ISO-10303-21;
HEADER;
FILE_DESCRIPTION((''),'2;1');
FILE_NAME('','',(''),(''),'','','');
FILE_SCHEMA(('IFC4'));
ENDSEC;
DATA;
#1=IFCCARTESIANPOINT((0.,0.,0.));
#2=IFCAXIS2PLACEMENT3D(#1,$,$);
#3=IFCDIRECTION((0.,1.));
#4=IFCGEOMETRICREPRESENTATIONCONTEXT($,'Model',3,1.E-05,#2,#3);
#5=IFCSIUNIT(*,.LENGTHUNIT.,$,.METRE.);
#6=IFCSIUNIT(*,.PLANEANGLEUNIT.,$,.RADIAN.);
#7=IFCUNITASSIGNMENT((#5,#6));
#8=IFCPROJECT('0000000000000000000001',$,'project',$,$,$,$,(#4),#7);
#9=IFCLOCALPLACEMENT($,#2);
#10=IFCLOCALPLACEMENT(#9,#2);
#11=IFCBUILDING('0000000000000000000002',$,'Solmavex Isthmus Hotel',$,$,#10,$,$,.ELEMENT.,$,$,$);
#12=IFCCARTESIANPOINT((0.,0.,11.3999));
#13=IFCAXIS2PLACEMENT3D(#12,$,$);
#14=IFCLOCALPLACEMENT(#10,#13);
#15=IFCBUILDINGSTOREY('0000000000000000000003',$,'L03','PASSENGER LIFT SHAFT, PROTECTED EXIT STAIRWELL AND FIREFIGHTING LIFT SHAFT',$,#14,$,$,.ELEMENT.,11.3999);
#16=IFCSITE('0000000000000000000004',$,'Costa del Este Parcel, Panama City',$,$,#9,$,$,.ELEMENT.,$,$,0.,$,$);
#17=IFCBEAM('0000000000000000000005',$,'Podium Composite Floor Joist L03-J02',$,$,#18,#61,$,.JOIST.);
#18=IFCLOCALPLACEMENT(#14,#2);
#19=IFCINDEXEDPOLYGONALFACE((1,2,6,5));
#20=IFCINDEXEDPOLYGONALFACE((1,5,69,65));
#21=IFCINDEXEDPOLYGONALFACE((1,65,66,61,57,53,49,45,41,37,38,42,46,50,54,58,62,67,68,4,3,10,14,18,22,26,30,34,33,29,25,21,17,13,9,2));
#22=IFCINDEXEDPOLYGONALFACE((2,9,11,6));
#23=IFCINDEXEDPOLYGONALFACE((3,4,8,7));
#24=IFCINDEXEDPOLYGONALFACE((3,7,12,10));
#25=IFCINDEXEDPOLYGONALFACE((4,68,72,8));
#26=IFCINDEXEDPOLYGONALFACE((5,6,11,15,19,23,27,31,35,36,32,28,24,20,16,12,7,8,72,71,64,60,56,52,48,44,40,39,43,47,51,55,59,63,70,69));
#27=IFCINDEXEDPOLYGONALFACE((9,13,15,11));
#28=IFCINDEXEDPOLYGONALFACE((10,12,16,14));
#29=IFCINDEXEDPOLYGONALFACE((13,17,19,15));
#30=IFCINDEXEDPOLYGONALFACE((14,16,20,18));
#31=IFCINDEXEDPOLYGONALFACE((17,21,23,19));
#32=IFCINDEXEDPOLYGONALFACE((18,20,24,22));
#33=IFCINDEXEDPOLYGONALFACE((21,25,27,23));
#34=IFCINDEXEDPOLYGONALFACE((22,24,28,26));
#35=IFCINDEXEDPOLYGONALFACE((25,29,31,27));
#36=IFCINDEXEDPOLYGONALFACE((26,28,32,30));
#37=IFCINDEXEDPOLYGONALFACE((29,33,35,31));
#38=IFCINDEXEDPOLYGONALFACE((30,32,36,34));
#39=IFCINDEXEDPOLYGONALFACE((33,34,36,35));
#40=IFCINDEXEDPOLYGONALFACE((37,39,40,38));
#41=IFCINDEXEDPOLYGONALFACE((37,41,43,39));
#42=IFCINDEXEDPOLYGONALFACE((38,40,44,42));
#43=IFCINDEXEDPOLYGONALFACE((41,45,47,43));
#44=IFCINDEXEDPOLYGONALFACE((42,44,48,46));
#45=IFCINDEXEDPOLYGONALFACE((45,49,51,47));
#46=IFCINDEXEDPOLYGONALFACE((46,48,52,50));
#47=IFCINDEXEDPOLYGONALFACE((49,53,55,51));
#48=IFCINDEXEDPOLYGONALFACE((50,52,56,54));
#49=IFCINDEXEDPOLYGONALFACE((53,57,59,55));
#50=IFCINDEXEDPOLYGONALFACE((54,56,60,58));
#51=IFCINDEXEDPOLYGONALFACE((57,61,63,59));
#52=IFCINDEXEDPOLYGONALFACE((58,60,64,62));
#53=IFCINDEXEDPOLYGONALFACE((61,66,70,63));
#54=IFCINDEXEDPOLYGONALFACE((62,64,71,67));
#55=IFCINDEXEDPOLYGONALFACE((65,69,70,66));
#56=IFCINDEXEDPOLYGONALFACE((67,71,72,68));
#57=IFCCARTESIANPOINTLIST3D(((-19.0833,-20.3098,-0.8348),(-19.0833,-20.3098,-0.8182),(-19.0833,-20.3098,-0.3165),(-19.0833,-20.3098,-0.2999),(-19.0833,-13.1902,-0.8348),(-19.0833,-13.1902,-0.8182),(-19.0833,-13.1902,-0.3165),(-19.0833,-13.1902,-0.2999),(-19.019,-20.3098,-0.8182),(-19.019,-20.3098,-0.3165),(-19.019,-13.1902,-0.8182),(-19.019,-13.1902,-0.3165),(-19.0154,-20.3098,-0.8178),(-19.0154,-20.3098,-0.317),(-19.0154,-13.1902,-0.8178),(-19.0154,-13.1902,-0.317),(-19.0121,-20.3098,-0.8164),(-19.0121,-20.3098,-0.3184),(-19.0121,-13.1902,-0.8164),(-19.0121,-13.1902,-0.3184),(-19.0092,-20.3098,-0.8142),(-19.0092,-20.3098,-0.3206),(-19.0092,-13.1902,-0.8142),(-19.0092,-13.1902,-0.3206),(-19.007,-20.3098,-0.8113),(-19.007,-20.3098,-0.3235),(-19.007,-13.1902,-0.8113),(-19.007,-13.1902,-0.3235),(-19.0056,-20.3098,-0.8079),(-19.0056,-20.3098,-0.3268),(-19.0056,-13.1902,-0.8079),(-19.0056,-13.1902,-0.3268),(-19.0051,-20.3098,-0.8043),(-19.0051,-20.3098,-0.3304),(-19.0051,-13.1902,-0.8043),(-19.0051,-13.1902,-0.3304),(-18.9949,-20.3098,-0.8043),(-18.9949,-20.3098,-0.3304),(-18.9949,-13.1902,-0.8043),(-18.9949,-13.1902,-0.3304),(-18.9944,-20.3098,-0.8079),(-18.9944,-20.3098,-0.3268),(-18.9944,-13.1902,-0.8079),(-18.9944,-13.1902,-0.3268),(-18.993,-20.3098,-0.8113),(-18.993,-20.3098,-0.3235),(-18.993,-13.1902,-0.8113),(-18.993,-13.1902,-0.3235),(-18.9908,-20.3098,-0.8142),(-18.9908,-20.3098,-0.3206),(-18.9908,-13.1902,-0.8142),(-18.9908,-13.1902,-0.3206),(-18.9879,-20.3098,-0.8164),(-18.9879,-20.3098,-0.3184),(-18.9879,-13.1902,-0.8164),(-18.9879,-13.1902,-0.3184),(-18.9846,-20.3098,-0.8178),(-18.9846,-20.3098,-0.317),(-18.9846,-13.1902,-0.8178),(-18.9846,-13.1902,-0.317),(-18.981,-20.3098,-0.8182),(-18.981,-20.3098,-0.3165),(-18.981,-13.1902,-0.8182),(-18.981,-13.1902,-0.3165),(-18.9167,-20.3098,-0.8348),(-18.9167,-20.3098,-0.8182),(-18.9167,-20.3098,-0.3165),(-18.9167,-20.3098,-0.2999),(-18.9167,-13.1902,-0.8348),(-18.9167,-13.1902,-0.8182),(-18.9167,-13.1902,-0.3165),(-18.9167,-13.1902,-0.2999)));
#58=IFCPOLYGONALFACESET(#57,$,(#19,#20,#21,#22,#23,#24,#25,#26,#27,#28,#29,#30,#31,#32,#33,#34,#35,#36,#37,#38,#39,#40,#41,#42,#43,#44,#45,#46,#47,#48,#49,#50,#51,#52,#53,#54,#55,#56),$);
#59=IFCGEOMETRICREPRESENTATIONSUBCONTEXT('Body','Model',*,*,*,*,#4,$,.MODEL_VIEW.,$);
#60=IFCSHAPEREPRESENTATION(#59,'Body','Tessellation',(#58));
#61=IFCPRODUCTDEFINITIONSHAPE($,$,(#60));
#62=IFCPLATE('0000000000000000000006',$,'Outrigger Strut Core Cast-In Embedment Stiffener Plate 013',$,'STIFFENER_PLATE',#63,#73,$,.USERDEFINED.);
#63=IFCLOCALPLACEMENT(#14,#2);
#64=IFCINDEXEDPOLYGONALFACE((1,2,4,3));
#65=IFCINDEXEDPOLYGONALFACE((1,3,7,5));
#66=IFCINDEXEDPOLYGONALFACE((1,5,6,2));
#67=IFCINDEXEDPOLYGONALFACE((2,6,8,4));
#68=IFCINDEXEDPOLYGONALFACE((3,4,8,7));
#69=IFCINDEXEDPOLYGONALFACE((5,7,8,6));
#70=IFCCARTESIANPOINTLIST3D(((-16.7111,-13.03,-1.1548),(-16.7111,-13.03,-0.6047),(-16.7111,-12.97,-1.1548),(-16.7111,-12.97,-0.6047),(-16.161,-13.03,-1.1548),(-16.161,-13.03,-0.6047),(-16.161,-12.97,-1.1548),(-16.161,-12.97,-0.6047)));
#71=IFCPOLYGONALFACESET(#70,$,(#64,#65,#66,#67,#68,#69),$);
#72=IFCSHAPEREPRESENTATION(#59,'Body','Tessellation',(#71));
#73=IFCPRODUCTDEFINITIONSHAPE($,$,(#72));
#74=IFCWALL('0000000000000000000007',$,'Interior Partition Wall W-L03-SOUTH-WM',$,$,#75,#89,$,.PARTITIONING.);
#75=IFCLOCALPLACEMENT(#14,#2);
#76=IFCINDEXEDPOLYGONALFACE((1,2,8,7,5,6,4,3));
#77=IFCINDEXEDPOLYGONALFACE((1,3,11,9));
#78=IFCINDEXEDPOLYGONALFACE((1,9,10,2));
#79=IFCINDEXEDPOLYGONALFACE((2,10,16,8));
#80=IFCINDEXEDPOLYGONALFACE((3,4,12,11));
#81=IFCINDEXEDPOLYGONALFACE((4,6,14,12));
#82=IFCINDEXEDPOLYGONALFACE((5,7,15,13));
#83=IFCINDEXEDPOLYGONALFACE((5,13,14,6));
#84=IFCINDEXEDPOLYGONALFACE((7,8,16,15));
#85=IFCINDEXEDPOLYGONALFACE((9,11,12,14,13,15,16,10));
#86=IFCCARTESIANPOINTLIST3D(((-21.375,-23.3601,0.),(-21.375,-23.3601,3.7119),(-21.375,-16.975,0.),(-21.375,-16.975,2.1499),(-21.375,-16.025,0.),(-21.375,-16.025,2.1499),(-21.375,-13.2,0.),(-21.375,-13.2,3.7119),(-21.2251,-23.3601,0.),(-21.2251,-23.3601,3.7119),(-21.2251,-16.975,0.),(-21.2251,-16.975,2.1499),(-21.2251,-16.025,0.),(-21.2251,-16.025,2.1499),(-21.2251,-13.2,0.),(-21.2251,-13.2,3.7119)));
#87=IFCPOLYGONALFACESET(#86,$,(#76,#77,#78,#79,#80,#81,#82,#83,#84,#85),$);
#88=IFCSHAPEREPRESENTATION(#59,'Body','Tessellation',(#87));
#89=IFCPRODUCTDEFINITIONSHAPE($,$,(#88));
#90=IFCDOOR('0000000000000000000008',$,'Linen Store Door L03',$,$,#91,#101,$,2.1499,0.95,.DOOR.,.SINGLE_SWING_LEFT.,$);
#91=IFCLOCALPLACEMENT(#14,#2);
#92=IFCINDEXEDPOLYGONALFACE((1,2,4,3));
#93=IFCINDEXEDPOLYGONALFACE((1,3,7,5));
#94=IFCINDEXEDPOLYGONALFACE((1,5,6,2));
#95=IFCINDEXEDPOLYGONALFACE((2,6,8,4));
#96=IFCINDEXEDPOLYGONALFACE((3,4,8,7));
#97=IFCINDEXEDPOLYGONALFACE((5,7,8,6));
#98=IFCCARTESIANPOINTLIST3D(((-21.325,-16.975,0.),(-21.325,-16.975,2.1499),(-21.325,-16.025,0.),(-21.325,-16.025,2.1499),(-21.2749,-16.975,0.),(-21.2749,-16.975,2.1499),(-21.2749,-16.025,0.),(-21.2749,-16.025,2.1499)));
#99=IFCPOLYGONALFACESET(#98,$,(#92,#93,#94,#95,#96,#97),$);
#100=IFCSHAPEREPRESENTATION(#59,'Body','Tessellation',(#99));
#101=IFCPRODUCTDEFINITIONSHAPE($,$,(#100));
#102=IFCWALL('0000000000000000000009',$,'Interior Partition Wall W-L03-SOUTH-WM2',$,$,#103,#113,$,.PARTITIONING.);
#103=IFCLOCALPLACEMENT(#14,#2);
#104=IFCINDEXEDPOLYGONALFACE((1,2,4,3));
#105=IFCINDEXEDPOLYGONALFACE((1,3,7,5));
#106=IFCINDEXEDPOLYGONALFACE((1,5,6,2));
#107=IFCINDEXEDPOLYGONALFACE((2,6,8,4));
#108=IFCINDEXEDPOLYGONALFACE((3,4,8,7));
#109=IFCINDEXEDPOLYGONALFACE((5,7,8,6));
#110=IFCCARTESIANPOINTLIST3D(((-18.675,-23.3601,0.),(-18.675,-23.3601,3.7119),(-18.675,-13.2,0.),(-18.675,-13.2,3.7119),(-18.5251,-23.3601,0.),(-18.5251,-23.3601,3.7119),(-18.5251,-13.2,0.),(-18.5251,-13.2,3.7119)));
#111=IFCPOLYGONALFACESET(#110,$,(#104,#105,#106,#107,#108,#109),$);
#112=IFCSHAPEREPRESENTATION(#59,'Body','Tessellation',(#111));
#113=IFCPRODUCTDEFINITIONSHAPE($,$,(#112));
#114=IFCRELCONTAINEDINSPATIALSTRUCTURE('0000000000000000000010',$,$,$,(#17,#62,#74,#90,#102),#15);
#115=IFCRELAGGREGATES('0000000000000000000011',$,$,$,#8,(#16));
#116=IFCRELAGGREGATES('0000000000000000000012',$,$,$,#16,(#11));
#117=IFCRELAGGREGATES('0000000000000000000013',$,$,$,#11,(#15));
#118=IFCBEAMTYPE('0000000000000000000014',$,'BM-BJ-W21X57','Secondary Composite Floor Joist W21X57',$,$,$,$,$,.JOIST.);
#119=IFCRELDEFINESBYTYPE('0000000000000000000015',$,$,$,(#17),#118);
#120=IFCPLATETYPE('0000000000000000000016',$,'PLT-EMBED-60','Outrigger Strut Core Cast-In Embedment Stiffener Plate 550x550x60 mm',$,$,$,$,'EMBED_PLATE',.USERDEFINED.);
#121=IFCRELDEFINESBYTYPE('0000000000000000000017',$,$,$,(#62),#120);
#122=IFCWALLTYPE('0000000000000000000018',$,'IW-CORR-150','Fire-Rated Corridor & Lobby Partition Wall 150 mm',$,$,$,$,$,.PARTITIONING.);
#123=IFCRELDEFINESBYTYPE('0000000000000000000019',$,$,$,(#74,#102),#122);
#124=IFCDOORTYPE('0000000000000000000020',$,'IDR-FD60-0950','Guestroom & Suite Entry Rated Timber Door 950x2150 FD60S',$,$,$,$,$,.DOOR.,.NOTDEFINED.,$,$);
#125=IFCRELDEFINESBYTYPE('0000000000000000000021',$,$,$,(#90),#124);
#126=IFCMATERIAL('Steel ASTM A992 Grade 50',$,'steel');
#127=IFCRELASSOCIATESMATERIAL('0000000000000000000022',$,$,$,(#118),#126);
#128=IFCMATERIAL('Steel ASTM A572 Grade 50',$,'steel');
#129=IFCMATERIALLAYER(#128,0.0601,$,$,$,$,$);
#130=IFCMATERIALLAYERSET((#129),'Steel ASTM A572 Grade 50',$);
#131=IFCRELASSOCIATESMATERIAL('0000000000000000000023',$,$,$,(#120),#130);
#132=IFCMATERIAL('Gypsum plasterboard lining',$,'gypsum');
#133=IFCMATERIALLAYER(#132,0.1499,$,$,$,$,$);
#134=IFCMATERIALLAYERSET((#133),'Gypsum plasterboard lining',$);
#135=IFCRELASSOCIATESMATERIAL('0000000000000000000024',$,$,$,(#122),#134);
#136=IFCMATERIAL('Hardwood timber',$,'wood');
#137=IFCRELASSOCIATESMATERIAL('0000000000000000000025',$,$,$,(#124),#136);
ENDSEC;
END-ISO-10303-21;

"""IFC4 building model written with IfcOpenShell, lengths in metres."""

from ifc_helpers import new_model, si_unit, direction, frame, frame_2d, origin, origin_2d, place, context, subcontext, project, spatial, rectangle, i_section, extrude, material, layer, layer_set, material_profile, profile_set, type_object, element, fill, save


model = new_model("IFC4")

# Units and contexts
model_context = context("Model", 3, precision=1e-05, world=origin(), true_north=direction((0.0, 1.0)))
body_context = subcontext(model_context, "Body", "Model", "MODEL_VIEW")
ifc_project = project(units=[si_unit("LENGTHUNIT", "METRE"), si_unit("PLANEANGLEUNIT", "RADIAN")], contexts=[model_context])

# Site, building, storey
site_placement = place(None, origin())
site = spatial("IfcSite", under=ifc_project, at=site_placement, Name="Costa del Este Parcel, Panama City", CompositionType="ELEMENT", RefElevation=0.0)
building_placement = place(site_placement, origin())
building = spatial("IfcBuilding", under=site, at=building_placement, Name="Solmavex Isthmus Hotel", CompositionType="ELEMENT")
storey_placement = place(building_placement, frame((0.0, 0.0, 11.3999)))
storey = spatial("IfcBuildingStorey", under=building, at=storey_placement, Name="L03", Description="PASSENGER LIFT SHAFT, PROTECTED EXIT STAIRWELL AND FIREFIGHTING LIFT SHAFT", CompositionType="ELEMENT", Elevation=11.3999)

# Beam
ifc_material_1 = material(Name="Steel ASTM A992 Grade 50", Category="steel")
ifc_material_profile_1 = material_profile(ifc_material_1, i_section(OverallWidth=0.1665, OverallDepth=0.5349, WebThickness=0.0103, FlangeThickness=0.0166, FilletRadius=0.0139, at=origin_2d()), Name="W21X57")
ifc_profile_set_1 = profile_set([ifc_material_profile_1], Name="Steel ASTM A992 Grade 50")
beam_type_1 = type_object("IfcBeamType", Name="BM-BJ-W21X57", Description="Secondary Composite Floor Joist W21X57", PredefinedType="JOIST", material=ifc_profile_set_1)
beam_1_placement = place(storey_placement, frame((-19.0, -20.3098, -0.5674), z_axis=(0.0, 1.0, 0.0), x_axis=(-1.0, 0.0, 0.0)))
element("IfcBeam", 1, at=beam_1_placement, inside=storey, type_object=beam_type_1, Name="Podium Composite Floor Joist L03-J02", PredefinedType="JOIST", context=body_context, shape_type="SweptSolid", body=[
    extrude(i_section(OverallWidth=0.1665, OverallDepth=0.5349, WebThickness=0.0103, FlangeThickness=0.0166, FilletRadius=0.0139, at=origin_2d()), origin(), (0.0, 0.0, 1.0), 7.1196),
])

# Plate
ifc_material_2 = material(Name="Steel ASTM A572 Grade 50", Category="steel")
ifc_layer_1 = layer(ifc_material_2, 0.0601)
ifc_layer_set_1 = layer_set([ifc_layer_1], Name="Steel ASTM A572 Grade 50")
plate_type = type_object("IfcPlateType", Name="PLT-EMBED-60", Description="Outrigger Strut Core Cast-In Embedment Stiffener Plate 550x550x60 mm", ElementType="EMBED_PLATE", PredefinedType="USERDEFINED", material=ifc_layer_set_1)
plate_placement = place(storey_placement, frame((-16.436, -13.0, -1.1548), z_axis=(0.0, 0.0, 1.0), x_axis=(1.0, 0.0, 0.0)))
element("IfcPlate", 2, at=plate_placement, inside=storey, type_object=plate_type, Name="Outrigger Strut Core Cast-In Embedment Stiffener Plate 013", ObjectType="STIFFENER_PLATE", PredefinedType="USERDEFINED", context=body_context, shape_type="SweptSolid", body=[
    extrude(rectangle(XDim=0.55, YDim=0.0601, at=origin_2d()), origin(), (0.0, 0.0, 1.0), 0.55),
])

# Wall, opening, door
ifc_material_3 = material(Name="Gypsum plasterboard lining", Category="gypsum")
ifc_layer_2 = layer(ifc_material_3, 0.1499)
ifc_layer_set_2 = layer_set([ifc_layer_2], Name="Gypsum plasterboard lining")
wall_type_1 = type_object("IfcWallType", Name="IW-CORR-150", Description="Fire-Rated Corridor & Lobby Partition Wall 150 mm", PredefinedType="PARTITIONING", material=ifc_layer_set_2)
wall_1_placement = place(storey_placement, frame((-21.3, -23.3601, 0.0), z_axis=(0.0, 0.0, 1.0), x_axis=(0.0, 1.0, 0.0)))
wall_1 = element("IfcWall", 3, at=wall_1_placement, inside=storey, type_object=wall_type_1, Name="Interior Partition Wall W-L03-SOUTH-WM", PredefinedType="PARTITIONING", context=body_context, shape_type="SweptSolid", body=[
    extrude(rectangle(XDim=10.1602, YDim=0.1499, at=frame_2d((5.0801, 0.0))), origin(), (0.0, 0.0, 1.0), 3.7119),
])
opening_1_placement = place(wall_1_placement, frame((6.385, 0.0, 0.0)))
opening_1 = element("IfcOpeningElement", 4, at=opening_1_placement, cuts=wall_1, PredefinedType="OPENING", context=body_context, shape_type="SweptSolid", body=[
    extrude(rectangle(XDim=0.95, YDim=2.1499, at=frame_2d((0.4751, 1.075))), frame((0.0, 0.085, 0.0), z_axis=(0.0, -1.0, 0.0), x_axis=(1.0, 0.0, 0.0)), (0.0, 0.0, 1.0), 0.1699),
])
ifc_material_4 = material(Name="Hardwood timber", Category="wood")
door_type_1 = type_object("IfcDoorType", Name="IDR-FD60-0950", Description="Guestroom & Suite Entry Rated Timber Door 950x2150 FD60S", OperationType="NOTDEFINED", PredefinedType="DOOR", material=ifc_material_4)
door_1_placement = place(opening_1_placement, origin())
door_1 = element("IfcDoor", 5, at=door_1_placement, inside=storey, type_object=door_type_1, Name="Linen Store Door L03", OperationType="SINGLE_SWING_LEFT", OverallHeight=2.1499, OverallWidth=0.95, PredefinedType="DOOR", context=body_context, shape_type="SweptSolid", body=[
    extrude(rectangle(XDim=0.95, YDim=2.1499, at=frame_2d((0.4751, 1.075))), frame((0.0, 0.0249, 0.0), z_axis=(0.0, -1.0, 0.0), x_axis=(1.0, 0.0, 0.0)), (0.0, 0.0, 1.0), 0.05),
])
fill(opening_1, door_1)

# Wall
wall_2_placement = place(storey_placement, frame((-18.6001, -23.3601, 0.0), z_axis=(0.0, 0.0, 1.0), x_axis=(0.0, 1.0, 0.0)))
element("IfcWall", 6, at=wall_2_placement, inside=storey, type_object=wall_type_1, Name="Interior Partition Wall W-L03-SOUTH-WM2", PredefinedType="PARTITIONING", context=body_context, shape_type="SweptSolid", body=[
    extrude(rectangle(XDim=10.1602, YDim=0.1499, at=frame_2d((5.0801, 0.0))), origin(), (0.0, 0.0, 1.0), 3.7119),
])

save(model, "model.ifc")
